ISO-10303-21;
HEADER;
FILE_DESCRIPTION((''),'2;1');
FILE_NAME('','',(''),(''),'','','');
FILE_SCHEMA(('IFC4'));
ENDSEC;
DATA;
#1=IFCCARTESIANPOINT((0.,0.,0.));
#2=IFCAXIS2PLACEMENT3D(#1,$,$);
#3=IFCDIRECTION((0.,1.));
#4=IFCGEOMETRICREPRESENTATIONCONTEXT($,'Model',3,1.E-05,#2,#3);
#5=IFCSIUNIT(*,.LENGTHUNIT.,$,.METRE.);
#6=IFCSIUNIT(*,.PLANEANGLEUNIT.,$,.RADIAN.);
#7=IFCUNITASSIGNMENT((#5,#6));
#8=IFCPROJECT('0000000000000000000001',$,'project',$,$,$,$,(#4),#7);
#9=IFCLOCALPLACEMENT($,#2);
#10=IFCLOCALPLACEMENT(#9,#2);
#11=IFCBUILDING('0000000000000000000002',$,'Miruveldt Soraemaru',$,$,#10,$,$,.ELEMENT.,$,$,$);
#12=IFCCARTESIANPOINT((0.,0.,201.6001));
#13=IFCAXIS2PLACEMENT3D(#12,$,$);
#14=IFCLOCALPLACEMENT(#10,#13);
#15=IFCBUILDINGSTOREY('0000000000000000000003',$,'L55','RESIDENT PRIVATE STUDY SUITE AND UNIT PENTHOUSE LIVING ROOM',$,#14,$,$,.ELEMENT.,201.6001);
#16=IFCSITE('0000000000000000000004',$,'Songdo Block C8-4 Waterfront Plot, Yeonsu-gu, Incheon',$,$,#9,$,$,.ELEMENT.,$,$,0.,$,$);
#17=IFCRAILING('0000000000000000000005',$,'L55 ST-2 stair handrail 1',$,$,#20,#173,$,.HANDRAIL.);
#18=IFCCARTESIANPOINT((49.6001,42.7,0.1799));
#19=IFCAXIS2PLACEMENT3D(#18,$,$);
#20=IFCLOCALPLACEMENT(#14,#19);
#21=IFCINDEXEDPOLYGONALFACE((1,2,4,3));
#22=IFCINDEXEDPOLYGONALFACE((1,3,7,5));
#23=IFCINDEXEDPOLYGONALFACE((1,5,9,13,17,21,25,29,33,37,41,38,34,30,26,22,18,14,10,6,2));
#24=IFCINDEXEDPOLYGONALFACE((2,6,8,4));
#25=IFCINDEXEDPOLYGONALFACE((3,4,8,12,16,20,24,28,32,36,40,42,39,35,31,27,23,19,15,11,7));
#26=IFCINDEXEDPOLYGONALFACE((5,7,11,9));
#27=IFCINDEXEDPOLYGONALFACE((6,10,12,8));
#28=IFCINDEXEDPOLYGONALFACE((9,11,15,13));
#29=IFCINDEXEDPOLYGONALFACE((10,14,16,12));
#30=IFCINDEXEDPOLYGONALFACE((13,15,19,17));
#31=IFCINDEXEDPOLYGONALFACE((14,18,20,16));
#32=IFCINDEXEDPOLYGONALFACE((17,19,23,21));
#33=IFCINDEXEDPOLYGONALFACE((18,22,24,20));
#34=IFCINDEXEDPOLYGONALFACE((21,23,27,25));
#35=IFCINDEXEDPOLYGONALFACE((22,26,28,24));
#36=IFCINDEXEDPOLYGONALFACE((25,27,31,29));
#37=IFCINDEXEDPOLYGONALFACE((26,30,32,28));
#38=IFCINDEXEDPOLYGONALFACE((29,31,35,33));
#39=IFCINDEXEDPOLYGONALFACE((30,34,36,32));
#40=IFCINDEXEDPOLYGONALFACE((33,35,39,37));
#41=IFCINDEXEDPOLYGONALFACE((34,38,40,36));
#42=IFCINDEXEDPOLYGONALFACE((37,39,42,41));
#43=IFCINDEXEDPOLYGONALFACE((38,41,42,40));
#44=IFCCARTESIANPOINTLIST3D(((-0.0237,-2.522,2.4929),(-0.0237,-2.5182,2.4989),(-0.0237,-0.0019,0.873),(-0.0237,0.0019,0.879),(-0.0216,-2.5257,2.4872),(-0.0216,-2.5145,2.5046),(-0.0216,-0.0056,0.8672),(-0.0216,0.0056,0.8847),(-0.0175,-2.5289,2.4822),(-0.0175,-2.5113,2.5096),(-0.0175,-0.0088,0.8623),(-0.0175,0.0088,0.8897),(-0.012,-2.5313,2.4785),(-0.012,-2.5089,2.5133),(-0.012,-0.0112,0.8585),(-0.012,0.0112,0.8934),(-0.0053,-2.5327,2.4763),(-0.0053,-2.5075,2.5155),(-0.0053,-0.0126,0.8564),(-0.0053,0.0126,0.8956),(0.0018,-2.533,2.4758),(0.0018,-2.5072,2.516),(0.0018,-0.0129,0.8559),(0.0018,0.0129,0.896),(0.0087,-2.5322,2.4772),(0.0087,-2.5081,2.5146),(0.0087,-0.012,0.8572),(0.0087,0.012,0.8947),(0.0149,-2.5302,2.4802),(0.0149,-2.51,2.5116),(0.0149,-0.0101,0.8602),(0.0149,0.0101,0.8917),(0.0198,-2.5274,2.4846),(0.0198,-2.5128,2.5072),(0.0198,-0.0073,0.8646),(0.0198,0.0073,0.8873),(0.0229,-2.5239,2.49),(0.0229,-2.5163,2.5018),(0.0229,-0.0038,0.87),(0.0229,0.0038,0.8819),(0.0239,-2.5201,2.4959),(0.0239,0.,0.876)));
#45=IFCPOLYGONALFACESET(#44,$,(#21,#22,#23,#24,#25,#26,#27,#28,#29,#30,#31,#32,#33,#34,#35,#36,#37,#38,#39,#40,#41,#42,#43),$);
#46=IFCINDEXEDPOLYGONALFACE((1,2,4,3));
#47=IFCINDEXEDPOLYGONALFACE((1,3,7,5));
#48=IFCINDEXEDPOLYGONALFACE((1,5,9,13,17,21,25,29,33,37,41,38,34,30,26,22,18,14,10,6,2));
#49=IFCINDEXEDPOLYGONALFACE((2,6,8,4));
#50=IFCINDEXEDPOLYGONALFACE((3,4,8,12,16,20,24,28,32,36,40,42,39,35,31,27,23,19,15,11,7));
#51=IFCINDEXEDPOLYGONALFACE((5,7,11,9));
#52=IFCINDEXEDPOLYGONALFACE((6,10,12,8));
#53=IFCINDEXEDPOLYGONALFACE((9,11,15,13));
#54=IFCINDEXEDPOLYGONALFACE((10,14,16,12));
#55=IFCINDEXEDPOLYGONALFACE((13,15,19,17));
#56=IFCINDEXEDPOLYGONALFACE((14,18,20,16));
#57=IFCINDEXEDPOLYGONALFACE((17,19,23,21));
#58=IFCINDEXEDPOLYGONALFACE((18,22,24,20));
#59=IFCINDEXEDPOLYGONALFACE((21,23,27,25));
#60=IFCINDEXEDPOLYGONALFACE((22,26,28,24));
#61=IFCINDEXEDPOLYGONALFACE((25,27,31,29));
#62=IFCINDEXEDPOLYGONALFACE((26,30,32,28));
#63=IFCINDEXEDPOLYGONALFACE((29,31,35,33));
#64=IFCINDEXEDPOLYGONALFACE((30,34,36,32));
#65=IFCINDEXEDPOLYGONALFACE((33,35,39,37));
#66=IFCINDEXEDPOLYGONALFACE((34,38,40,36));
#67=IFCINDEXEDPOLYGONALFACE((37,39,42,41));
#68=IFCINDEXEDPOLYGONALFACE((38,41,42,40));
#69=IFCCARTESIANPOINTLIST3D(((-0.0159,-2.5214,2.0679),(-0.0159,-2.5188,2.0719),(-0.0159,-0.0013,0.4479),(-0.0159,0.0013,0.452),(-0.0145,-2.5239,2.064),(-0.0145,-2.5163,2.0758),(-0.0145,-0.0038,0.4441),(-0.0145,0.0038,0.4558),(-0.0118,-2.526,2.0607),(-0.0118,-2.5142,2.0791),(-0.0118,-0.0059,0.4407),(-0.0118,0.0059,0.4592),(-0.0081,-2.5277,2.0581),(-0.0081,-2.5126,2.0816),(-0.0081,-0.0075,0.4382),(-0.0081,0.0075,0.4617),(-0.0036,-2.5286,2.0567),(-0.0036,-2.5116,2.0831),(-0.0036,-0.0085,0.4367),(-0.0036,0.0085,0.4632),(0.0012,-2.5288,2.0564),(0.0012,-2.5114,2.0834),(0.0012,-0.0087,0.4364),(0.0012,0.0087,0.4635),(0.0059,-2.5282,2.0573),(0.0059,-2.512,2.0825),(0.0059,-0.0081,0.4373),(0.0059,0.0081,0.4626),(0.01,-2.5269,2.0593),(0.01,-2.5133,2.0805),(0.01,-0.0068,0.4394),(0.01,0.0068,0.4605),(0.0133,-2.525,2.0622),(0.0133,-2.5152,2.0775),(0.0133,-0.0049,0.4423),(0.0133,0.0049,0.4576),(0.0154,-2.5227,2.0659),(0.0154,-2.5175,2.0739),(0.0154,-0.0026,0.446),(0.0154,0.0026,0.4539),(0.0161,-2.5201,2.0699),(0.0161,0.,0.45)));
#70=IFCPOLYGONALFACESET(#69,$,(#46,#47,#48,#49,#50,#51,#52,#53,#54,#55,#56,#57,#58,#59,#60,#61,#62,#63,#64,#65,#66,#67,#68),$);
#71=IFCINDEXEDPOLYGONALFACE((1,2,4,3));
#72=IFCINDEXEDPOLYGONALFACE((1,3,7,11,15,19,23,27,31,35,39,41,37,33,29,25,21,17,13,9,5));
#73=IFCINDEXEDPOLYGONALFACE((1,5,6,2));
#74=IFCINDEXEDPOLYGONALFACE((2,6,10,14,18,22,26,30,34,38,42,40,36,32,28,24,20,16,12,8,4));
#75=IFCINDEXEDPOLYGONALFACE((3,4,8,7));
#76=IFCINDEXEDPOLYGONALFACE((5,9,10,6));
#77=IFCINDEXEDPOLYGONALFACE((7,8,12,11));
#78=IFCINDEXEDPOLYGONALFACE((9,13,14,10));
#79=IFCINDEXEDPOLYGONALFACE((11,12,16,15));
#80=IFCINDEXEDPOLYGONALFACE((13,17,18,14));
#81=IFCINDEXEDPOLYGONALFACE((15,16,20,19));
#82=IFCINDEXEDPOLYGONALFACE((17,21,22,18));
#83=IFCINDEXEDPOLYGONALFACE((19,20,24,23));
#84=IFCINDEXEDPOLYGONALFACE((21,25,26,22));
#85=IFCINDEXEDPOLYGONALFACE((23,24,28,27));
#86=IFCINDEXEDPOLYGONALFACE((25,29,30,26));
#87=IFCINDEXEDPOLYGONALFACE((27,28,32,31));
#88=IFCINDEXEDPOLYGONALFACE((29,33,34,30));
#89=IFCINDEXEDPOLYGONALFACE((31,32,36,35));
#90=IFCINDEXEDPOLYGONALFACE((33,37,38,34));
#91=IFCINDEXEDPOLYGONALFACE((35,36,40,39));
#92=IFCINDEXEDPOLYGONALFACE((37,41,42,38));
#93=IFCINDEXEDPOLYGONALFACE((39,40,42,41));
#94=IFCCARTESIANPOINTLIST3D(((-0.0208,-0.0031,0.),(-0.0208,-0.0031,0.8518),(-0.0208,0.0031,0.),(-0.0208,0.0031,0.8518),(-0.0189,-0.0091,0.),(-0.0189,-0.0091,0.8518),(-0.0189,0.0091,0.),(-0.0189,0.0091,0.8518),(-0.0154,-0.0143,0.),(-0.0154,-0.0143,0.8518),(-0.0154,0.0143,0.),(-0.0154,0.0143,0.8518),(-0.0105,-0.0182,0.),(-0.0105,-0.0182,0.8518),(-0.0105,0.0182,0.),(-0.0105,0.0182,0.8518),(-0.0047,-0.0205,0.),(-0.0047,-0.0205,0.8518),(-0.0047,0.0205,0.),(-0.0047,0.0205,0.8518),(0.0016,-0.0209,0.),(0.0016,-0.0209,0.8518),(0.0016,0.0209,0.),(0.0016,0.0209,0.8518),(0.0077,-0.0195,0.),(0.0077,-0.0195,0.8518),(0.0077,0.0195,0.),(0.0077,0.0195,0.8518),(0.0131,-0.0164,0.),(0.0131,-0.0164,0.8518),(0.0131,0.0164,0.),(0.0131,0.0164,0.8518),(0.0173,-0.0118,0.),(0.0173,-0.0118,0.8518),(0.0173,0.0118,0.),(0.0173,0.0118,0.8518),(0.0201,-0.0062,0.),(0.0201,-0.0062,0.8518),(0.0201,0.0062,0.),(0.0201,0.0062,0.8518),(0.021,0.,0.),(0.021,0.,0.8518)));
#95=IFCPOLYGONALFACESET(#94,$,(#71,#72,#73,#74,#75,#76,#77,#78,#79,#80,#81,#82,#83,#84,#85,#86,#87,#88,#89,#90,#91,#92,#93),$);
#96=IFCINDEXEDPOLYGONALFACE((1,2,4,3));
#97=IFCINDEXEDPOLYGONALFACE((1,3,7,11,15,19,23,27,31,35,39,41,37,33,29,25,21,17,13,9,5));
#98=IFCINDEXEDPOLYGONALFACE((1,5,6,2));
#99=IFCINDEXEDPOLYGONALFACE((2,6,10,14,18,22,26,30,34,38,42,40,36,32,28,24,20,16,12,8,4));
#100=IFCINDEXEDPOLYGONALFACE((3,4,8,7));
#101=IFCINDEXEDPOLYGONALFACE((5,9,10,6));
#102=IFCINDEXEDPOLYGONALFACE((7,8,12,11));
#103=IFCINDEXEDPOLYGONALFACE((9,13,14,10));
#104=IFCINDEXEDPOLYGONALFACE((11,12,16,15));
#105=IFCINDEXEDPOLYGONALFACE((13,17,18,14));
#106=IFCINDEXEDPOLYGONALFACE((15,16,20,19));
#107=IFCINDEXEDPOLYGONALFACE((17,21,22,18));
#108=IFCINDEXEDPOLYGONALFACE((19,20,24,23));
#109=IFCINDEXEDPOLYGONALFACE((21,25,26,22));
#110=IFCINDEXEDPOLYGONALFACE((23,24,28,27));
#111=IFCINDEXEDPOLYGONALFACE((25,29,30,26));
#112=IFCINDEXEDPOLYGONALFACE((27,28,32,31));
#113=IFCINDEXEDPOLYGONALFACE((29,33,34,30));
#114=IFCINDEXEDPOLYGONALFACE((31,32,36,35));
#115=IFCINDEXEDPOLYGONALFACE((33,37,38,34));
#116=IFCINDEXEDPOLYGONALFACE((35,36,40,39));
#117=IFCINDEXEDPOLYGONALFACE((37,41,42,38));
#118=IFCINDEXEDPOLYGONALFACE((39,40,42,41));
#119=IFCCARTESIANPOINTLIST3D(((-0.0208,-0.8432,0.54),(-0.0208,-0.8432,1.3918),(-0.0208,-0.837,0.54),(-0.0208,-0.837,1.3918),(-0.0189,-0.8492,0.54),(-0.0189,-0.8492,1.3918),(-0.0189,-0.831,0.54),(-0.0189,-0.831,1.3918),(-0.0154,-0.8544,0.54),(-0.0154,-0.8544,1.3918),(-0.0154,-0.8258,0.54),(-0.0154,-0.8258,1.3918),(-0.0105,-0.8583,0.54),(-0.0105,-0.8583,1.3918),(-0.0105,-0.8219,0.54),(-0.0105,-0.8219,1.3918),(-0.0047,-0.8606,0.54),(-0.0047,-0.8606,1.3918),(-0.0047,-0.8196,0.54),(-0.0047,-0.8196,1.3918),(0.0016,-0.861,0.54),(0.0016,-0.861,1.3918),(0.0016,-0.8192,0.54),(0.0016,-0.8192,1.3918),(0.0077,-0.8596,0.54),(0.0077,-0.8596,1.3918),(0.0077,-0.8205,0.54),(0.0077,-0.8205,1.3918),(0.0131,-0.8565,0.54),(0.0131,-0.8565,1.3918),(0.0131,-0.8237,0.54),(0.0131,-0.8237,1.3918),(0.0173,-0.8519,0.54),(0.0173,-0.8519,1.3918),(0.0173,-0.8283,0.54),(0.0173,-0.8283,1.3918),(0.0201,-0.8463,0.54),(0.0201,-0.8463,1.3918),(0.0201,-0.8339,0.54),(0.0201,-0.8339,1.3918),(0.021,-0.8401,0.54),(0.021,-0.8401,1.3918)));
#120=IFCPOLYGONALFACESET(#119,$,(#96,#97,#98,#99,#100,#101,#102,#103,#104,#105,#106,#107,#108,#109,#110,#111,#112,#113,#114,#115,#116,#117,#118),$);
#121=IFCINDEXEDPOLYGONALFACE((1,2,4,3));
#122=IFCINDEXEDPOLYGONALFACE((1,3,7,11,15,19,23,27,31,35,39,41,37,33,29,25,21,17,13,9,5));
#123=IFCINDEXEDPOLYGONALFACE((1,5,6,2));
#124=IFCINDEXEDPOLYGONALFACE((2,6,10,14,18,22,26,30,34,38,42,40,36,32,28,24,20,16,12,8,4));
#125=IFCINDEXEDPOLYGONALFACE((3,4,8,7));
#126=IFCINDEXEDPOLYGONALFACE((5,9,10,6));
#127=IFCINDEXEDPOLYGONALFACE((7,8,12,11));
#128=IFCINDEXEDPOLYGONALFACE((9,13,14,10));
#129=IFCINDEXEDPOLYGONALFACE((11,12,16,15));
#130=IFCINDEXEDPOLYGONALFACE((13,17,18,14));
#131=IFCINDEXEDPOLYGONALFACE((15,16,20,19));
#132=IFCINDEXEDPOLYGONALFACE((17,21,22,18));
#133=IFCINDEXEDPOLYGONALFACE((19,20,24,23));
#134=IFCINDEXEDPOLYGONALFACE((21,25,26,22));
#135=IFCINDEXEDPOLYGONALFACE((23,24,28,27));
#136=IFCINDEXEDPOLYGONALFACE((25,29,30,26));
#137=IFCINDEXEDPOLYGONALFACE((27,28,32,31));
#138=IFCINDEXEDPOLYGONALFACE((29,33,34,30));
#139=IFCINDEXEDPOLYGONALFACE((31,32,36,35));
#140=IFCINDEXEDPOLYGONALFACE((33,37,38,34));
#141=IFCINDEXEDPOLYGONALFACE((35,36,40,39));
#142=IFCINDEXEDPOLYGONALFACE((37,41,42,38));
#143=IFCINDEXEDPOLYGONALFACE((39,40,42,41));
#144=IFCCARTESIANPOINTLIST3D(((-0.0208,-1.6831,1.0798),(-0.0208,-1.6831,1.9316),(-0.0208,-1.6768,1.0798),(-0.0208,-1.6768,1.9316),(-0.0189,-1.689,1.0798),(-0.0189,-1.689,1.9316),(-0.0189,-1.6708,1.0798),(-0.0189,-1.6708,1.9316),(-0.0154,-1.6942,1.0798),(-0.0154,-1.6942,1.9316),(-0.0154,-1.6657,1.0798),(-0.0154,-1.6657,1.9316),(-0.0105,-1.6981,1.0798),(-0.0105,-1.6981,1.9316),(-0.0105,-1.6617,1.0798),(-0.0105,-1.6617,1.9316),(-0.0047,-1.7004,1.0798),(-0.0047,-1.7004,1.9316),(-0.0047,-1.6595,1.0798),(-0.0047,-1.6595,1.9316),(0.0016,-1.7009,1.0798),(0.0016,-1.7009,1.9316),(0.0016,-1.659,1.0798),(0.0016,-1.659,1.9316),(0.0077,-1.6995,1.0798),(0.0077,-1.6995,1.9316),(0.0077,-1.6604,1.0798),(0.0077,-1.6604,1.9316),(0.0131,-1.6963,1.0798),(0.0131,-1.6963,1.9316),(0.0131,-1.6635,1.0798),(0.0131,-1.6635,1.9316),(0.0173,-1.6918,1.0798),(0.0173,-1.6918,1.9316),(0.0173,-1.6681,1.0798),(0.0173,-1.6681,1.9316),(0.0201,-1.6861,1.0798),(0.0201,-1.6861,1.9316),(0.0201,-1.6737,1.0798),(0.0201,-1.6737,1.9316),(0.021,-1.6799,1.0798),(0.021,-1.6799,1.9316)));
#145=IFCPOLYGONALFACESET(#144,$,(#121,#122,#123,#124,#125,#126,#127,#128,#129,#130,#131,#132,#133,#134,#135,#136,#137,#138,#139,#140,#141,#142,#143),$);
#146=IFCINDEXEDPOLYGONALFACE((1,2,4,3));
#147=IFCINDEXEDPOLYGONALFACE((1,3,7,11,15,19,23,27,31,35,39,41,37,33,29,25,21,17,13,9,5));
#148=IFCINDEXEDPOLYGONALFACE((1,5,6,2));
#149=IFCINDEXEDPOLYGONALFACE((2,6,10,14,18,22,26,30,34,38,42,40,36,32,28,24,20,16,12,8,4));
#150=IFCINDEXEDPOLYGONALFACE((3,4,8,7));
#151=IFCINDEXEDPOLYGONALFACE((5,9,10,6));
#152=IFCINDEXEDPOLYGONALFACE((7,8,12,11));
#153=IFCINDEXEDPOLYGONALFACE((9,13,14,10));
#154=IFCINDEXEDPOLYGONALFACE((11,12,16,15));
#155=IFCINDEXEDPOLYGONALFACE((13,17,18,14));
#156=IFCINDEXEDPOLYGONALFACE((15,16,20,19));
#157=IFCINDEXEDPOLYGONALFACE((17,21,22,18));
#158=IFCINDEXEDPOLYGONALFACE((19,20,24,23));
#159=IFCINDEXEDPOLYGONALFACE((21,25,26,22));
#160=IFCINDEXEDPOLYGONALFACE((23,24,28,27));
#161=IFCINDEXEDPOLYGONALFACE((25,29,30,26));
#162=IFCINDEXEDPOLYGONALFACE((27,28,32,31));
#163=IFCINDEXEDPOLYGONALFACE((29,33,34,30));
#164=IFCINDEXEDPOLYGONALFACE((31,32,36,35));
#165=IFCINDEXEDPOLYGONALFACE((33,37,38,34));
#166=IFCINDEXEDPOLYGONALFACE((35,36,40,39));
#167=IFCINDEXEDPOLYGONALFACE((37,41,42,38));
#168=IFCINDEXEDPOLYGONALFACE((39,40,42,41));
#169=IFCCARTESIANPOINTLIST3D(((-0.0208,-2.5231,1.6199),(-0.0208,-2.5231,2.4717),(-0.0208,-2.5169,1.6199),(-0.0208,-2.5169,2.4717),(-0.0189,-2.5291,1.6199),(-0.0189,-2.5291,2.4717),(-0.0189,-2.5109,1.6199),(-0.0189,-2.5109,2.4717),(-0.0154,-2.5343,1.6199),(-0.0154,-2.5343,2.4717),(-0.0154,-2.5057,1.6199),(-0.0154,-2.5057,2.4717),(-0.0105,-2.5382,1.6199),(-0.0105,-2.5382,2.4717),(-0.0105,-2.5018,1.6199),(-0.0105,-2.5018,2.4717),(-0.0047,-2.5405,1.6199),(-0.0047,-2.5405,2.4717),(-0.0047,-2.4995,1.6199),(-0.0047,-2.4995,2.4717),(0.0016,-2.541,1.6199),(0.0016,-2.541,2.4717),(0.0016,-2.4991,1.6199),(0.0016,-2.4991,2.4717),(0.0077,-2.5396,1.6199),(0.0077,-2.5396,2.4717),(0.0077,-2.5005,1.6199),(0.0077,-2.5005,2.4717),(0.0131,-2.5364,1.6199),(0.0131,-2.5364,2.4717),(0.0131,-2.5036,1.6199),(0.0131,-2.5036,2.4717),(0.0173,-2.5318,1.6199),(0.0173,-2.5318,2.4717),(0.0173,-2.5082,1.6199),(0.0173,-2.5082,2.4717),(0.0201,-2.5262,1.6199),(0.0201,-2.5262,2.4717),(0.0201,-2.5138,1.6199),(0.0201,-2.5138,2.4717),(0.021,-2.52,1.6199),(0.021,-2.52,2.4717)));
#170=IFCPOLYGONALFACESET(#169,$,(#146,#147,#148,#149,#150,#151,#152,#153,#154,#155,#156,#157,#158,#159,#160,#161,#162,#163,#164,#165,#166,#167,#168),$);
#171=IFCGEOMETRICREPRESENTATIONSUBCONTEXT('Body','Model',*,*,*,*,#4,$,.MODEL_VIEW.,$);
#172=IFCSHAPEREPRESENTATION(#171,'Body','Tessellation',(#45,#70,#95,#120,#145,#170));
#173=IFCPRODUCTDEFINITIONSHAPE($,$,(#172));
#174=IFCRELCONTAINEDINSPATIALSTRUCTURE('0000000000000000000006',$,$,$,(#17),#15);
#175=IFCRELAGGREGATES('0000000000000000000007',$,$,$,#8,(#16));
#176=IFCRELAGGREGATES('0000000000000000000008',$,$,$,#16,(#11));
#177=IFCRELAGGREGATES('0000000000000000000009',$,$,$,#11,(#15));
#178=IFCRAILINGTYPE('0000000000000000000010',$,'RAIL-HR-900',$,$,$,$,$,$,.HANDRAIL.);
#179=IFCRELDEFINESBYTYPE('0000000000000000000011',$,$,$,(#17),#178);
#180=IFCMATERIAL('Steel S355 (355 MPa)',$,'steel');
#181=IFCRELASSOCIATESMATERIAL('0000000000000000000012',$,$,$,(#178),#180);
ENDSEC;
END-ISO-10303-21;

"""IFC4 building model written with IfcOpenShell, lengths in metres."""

from ifc_helpers import new_model, si_unit, direction, frame, origin, origin_2d, place, context, subcontext, project, spatial, circle, extrude, material, type_object, element, save


model = new_model("IFC4")

# Units and contexts
model_context = context("Model", 3, precision=1e-05, world=origin(), true_north=direction((0.0, 1.0)))
body_context = subcontext(model_context, "Body", "Model", "MODEL_VIEW")
ifc_project = project(units=[si_unit("LENGTHUNIT", "METRE"), si_unit("PLANEANGLEUNIT", "RADIAN")], contexts=[model_context])

# Site, building, storey
site_placement = place(None, origin())
site = spatial("IfcSite", under=ifc_project, at=site_placement, Name="Songdo Block C8-4 Waterfront Plot, Yeonsu-gu, Incheon", CompositionType="ELEMENT", RefElevation=0.0)
building_placement = place(site_placement, origin())
building = spatial("IfcBuilding", under=site, at=building_placement, Name="Miruveldt Soraemaru", CompositionType="ELEMENT")
storey_placement = place(building_placement, frame((0.0, 0.0, 201.6001)))
storey = spatial("IfcBuildingStorey", under=building, at=storey_placement, Name="L55", Description="RESIDENT PRIVATE STUDY SUITE AND UNIT PENTHOUSE LIVING ROOM", CompositionType="ELEMENT", Elevation=201.6001)

# Railing
ifc_material_1 = material(Name="Steel S355 (355 MPa)", Category="steel")
railing_type_1 = type_object("IfcRailingType", Name="RAIL-HR-900", PredefinedType="HANDRAIL", material=ifc_material_1)
railing_1_placement = place(storey_placement, frame((49.6001, 42.7, 0.1799)))
element("IfcRailing", 1, at=railing_1_placement, inside=storey, type_object=railing_type_1, Name="L55 ST-2 stair handrail 1", PredefinedType="HANDRAIL", context=body_context, shape_type="SweptSolid", body=[
    extrude(circle(Radius=0.0239, at=origin_2d()), frame((0.0, 0.0, 0.876), z_axis=(0.0, -0.8412, 0.540725), x_axis=(1.0, 0.0, 0.0)), (0.0, 0.0, 1.0), 2.9958),
    extrude(circle(Radius=0.0161, at=origin_2d()), frame((0.0, 0.0, 0.45), z_axis=(0.0, -0.8412, 0.540725), x_axis=(1.0, 0.0, 0.0)), (0.0, 0.0, 1.0), 2.9958),
    extrude(circle(Radius=0.021, at=origin_2d()), origin(), (0.0, 0.0, 1.0), 0.8518),
    extrude(circle(Radius=0.021, at=origin_2d()), frame((0.0, -0.8401, 0.54)), (0.0, 0.0, 1.0), 0.8518),
    extrude(circle(Radius=0.021, at=origin_2d()), frame((0.0, -1.6799, 1.0798)), (0.0, 0.0, 1.0), 0.8518),
    extrude(circle(Radius=0.021, at=origin_2d()), frame((0.0, -2.52, 1.6199)), (0.0, 0.0, 1.0), 0.8518),
])

save(model, "model.ifc")
